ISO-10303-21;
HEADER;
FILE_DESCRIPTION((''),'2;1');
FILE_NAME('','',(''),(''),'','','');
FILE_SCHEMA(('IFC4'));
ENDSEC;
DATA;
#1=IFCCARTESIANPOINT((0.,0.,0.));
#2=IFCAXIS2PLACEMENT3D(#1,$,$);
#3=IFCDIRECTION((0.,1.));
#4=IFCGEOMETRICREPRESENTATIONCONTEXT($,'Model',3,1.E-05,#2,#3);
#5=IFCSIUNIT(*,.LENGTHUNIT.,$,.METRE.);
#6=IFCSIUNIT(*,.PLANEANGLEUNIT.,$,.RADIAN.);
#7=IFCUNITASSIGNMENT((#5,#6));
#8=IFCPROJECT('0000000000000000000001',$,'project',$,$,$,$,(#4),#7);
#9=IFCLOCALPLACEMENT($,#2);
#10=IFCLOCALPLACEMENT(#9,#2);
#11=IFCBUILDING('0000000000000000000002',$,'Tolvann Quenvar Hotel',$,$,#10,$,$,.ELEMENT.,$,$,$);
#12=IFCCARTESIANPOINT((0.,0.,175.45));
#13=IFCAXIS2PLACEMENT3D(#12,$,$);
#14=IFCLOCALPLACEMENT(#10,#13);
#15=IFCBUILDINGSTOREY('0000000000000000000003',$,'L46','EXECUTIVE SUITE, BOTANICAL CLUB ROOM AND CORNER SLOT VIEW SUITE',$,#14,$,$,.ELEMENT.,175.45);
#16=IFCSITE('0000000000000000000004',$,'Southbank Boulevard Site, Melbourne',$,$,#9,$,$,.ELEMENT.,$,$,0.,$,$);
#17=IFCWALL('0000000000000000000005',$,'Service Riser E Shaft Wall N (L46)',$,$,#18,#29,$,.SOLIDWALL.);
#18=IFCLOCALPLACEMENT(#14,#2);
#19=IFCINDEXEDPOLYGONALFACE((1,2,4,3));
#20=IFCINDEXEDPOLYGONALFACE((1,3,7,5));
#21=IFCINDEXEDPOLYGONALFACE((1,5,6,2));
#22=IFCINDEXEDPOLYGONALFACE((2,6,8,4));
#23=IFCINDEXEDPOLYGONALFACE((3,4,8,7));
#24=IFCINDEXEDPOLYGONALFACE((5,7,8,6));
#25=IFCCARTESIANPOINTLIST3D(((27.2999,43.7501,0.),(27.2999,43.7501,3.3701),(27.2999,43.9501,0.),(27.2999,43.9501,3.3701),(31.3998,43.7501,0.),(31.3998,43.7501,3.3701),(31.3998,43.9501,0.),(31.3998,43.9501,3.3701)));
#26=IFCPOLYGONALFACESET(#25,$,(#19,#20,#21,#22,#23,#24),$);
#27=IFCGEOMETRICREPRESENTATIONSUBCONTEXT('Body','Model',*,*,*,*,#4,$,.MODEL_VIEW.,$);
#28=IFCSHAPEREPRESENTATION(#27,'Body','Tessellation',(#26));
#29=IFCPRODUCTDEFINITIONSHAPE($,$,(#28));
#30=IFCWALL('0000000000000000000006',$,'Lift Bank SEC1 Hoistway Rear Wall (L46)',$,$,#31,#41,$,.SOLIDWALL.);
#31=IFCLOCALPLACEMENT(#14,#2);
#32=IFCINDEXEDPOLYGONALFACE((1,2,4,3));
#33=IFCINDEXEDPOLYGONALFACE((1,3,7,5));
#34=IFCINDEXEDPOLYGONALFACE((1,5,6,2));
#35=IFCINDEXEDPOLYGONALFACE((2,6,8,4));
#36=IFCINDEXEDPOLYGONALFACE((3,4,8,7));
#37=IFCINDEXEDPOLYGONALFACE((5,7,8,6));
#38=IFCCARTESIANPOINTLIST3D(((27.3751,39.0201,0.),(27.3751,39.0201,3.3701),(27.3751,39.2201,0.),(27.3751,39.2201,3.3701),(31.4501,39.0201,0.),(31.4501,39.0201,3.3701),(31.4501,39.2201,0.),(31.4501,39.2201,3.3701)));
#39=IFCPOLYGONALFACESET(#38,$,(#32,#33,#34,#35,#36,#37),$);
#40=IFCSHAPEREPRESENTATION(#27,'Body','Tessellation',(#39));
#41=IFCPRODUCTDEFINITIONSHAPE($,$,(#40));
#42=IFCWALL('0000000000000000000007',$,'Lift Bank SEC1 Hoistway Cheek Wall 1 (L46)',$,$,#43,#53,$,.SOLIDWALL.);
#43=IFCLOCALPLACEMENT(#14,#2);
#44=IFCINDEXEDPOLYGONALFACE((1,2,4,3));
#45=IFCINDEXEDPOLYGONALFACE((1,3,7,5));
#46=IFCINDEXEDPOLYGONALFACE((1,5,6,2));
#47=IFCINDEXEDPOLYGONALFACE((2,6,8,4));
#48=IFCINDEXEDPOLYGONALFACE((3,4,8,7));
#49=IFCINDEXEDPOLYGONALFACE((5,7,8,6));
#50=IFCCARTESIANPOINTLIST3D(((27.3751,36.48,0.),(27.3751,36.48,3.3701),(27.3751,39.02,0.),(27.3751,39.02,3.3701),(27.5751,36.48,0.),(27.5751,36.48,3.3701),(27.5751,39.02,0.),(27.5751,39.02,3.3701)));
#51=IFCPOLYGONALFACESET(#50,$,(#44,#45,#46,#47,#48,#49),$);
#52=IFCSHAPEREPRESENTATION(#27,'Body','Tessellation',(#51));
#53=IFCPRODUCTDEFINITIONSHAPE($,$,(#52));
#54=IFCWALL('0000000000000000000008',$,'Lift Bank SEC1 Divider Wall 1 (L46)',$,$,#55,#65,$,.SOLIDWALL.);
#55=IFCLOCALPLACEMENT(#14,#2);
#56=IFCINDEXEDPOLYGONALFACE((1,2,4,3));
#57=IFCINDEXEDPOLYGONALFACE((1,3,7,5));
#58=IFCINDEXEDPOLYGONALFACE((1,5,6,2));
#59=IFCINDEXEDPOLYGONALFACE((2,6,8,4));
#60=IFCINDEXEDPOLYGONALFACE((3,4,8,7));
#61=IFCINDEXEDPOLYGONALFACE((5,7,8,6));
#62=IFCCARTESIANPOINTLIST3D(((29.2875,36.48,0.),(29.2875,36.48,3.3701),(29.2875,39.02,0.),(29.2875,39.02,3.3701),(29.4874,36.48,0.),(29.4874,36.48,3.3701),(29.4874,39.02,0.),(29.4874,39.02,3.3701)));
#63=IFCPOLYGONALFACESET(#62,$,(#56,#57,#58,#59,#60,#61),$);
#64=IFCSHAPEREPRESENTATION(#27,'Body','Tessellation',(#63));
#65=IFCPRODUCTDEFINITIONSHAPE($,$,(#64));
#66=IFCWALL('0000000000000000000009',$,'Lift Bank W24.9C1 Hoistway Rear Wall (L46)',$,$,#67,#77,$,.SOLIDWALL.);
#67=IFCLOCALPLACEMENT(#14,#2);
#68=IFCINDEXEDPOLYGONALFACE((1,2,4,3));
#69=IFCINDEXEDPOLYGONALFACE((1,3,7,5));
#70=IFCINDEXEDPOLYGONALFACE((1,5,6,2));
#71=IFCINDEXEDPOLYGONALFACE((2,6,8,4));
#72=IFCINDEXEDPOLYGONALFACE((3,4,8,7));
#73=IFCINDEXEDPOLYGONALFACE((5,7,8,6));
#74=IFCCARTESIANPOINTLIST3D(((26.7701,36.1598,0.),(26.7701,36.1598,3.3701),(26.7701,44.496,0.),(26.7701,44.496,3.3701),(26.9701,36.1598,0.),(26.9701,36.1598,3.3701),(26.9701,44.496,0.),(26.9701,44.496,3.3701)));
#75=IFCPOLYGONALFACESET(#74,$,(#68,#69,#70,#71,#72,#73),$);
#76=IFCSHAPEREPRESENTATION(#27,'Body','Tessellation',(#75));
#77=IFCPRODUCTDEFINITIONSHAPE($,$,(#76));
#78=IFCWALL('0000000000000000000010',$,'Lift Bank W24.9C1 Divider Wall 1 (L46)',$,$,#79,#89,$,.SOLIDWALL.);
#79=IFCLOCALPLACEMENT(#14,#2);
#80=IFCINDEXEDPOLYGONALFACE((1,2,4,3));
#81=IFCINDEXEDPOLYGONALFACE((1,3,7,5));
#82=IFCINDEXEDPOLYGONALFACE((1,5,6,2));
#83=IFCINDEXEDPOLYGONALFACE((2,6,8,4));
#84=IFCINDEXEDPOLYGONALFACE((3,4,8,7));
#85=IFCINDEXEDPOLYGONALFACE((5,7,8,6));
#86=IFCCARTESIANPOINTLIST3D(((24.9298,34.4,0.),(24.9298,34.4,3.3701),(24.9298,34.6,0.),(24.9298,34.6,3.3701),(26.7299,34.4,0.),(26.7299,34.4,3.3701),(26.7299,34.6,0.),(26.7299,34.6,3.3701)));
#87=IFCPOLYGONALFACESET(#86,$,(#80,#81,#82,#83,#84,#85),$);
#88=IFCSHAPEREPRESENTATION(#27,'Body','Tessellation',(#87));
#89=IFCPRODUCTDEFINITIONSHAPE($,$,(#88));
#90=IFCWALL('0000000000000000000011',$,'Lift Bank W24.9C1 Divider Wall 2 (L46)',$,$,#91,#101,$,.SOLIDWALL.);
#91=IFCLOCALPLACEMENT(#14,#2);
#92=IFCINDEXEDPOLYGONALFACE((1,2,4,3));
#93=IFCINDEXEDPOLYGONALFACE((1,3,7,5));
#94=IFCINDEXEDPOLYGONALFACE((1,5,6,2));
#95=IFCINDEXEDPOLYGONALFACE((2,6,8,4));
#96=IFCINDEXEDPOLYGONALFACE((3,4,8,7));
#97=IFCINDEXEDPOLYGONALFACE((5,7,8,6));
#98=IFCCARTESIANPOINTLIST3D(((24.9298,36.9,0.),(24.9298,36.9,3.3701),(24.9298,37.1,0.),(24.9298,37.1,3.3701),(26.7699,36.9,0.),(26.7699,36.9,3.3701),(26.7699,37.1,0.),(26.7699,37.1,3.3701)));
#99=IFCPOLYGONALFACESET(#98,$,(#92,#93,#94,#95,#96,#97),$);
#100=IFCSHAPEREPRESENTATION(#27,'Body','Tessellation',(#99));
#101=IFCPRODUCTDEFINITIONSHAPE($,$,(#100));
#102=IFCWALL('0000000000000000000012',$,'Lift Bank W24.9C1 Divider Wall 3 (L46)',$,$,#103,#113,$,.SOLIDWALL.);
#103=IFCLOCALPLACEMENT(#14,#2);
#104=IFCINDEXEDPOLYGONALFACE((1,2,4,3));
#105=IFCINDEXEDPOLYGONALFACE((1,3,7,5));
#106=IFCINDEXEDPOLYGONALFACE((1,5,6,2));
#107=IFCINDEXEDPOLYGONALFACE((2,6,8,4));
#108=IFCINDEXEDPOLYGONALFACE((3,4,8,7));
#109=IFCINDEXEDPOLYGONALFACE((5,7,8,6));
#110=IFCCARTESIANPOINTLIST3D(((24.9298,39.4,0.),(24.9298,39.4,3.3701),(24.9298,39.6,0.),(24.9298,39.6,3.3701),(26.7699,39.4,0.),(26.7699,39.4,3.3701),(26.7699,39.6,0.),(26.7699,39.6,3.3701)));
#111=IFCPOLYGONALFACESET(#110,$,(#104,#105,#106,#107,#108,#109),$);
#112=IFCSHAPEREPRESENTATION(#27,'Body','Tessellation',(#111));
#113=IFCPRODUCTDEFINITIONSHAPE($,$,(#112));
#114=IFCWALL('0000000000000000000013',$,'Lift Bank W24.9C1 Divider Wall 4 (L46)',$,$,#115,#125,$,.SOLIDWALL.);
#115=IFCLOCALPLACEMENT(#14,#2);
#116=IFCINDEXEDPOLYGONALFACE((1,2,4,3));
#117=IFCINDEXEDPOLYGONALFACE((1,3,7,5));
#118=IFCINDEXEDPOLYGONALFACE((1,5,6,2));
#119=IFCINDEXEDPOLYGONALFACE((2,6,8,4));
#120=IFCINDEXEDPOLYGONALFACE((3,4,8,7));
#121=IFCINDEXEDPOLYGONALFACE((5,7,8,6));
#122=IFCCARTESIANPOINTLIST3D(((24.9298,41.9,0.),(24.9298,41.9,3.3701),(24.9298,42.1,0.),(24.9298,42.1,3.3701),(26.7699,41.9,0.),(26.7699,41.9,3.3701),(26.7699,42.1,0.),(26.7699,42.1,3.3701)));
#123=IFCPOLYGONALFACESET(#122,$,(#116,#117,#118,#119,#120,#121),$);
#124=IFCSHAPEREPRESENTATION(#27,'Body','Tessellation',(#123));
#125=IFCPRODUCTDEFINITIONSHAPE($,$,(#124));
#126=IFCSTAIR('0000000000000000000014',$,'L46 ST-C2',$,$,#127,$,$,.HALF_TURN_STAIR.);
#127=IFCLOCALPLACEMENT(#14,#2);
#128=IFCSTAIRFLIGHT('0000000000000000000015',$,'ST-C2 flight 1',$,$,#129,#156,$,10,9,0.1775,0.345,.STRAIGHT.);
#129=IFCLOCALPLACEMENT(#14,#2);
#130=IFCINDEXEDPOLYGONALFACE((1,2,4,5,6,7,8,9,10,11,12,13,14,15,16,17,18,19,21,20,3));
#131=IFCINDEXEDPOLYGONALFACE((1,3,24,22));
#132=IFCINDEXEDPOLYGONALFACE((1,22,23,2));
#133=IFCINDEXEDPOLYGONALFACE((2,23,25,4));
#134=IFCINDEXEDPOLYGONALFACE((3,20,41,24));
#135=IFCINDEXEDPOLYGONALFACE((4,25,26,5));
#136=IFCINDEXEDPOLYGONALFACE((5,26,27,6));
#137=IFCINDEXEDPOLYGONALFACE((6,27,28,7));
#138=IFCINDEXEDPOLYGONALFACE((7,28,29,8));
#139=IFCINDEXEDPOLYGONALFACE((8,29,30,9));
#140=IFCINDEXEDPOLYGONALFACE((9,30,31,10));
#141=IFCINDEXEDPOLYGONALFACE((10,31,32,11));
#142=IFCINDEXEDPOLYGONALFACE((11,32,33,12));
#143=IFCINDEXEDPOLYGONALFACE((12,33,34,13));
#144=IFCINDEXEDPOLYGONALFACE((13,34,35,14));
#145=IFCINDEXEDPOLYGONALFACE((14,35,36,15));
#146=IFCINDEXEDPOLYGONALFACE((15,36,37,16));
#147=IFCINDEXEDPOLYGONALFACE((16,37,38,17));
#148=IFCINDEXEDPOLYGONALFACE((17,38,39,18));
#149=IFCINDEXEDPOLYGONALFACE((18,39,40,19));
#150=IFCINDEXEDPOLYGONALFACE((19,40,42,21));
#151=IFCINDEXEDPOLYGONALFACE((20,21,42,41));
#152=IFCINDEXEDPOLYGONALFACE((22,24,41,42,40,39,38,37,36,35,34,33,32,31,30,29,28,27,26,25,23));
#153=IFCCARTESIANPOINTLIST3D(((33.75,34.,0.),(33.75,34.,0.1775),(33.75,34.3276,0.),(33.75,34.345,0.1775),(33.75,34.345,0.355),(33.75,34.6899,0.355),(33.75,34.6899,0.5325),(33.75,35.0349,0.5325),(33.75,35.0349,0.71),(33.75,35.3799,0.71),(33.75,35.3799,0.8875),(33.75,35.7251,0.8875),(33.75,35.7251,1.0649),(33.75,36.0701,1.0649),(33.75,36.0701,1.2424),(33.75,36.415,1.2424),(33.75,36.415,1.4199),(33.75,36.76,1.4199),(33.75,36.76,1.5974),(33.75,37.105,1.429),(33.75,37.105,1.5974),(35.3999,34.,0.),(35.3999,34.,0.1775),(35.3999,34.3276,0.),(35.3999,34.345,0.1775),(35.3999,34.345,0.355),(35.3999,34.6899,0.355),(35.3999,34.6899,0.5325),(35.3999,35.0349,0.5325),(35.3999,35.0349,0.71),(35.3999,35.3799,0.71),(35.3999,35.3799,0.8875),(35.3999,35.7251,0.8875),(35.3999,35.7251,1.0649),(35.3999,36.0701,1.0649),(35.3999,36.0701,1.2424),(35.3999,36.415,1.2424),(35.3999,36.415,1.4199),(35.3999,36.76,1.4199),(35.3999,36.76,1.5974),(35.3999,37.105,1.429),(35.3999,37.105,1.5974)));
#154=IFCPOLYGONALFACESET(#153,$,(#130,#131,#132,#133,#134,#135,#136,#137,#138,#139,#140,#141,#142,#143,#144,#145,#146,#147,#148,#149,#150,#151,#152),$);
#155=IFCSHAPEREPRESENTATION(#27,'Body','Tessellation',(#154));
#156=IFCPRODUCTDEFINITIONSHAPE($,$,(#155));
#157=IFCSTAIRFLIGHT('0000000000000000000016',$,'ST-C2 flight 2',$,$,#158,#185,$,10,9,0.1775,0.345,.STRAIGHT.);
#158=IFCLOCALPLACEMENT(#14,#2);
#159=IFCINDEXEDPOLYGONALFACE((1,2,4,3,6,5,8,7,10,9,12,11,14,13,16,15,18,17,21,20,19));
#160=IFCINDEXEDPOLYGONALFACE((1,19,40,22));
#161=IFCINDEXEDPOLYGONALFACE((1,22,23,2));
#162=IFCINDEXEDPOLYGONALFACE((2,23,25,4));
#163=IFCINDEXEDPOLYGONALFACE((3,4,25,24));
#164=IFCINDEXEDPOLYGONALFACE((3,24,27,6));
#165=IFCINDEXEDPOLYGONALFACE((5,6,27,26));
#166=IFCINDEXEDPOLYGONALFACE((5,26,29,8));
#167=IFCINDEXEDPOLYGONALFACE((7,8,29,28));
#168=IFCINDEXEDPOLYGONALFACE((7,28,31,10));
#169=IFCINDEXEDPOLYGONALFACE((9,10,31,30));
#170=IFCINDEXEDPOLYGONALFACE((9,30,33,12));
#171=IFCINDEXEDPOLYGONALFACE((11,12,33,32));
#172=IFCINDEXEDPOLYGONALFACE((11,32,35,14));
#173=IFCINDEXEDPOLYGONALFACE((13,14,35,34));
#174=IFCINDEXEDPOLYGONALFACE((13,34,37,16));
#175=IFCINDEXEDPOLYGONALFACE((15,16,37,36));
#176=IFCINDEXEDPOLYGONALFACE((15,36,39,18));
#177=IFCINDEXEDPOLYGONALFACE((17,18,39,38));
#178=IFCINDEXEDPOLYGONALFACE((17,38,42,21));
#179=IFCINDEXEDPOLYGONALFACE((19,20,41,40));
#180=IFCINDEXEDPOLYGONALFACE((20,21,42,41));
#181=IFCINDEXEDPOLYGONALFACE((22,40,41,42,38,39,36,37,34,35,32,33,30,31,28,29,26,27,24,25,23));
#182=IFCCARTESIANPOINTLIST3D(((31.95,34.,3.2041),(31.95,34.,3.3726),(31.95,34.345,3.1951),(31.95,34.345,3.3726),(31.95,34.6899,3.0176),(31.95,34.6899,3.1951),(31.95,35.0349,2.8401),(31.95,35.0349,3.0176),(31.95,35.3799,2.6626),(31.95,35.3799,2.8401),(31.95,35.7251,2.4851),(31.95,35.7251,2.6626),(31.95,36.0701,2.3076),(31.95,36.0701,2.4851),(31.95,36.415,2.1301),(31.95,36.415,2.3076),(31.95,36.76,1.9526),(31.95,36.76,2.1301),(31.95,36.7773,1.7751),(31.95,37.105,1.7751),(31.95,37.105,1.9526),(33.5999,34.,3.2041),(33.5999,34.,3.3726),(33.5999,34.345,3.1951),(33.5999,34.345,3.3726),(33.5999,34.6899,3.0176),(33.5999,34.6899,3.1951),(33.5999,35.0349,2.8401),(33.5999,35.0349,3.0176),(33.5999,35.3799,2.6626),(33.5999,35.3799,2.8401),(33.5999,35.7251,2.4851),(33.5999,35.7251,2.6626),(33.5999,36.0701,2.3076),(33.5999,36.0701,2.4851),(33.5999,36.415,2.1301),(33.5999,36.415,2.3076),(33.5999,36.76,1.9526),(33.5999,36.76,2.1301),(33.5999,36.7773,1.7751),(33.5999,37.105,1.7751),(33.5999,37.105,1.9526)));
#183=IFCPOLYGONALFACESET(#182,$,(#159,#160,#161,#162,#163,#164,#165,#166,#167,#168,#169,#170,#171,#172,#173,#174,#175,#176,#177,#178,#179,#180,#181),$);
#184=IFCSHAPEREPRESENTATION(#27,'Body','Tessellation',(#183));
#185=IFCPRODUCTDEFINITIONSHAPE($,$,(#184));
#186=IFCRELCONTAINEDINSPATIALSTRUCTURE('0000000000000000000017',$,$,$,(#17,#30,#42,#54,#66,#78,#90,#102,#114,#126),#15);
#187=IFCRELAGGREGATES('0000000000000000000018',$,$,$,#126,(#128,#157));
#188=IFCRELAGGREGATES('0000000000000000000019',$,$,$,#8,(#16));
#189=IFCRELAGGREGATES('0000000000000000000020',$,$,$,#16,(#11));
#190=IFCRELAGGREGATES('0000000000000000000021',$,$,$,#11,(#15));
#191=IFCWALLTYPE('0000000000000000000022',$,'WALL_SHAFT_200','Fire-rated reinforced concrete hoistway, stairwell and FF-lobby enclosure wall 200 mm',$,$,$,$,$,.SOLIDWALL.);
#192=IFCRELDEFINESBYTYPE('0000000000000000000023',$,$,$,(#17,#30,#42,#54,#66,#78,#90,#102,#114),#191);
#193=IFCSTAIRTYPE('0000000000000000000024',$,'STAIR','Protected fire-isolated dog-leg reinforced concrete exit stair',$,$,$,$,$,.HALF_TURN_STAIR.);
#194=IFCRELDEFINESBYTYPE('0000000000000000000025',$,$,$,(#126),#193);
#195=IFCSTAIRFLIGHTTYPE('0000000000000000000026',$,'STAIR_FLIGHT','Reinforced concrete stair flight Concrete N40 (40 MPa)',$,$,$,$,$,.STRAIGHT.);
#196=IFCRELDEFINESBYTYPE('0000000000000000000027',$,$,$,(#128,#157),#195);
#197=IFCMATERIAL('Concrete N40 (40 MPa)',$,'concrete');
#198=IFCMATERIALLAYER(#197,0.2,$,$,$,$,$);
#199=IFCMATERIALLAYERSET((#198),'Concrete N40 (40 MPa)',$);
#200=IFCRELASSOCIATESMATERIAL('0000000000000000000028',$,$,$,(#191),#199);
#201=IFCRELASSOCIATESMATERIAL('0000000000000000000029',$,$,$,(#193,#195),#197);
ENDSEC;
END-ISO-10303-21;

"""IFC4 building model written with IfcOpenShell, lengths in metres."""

from ifc_helpers import new_model, si_unit, direction, frame, frame_2d, origin, place, context, subcontext, project, spatial, polyline, rectangle, outline, extrude, material, layer, layer_set, type_object, element, aggregate, save


model = new_model("IFC4")

# Units and contexts
model_context = context("Model", 3, precision=1e-05, world=origin(), true_north=direction((0.0, 1.0)))
body_context = subcontext(model_context, "Body", "Model", "MODEL_VIEW")
ifc_project = project(units=[si_unit("LENGTHUNIT", "METRE"), si_unit("PLANEANGLEUNIT", "RADIAN")], contexts=[model_context])

# Site, building, storey
site_placement = place(None, origin())
site = spatial("IfcSite", under=ifc_project, at=site_placement, Name="Southbank Boulevard Site, Melbourne", CompositionType="ELEMENT", RefElevation=0.0)
building_placement = place(site_placement, origin())
building = spatial("IfcBuilding", under=site, at=building_placement, Name="Tolvann Quenvar Hotel", CompositionType="ELEMENT")
storey_placement = place(building_placement, frame((0.0, 0.0, 175.45)))
storey = spatial("IfcBuildingStorey", under=building, at=storey_placement, Name="L46", Description="EXECUTIVE SUITE, BOTANICAL CLUB ROOM AND CORNER SLOT VIEW SUITE", CompositionType="ELEMENT", Elevation=175.45)

# Wall
ifc_material_1 = material(Name="Concrete N40 (40 MPa)", Category="concrete")
ifc_layer_1 = layer(ifc_material_1, 0.2)
ifc_layer_set_1 = layer_set([ifc_layer_1], Name="Concrete N40 (40 MPa)")
wall_type_1 = type_object("IfcWallType", Name="WALL_SHAFT_200", Description="Fire-rated reinforced concrete hoistway, stairwell and FF-lobby enclosure wall 200 mm", PredefinedType="SOLIDWALL", material=ifc_layer_set_1)
for number, where, z_axis, x_axis, name in (
    (1, (27.3, 43.8501, 0.0), (0.0, 0.0, 1.0), (1.0, 0.0, 0.0), "Service Riser E Shaft Wall N (L46)"),
):
    element("IfcWall", number, at=place(storey_placement, frame(where, z_axis=z_axis, x_axis=x_axis)), inside=storey, type_object=wall_type_1, Name=name, PredefinedType="SOLIDWALL", context=body_context, shape_type="SweptSolid", body=[
        extrude(rectangle(XDim=4.0999, YDim=0.2, at=frame_2d((2.0498, 0.0))), origin(), (0.0, 0.0, 1.0), 3.3701),
    ])

# Walls
wall_1_placement = place(storey_placement, frame((27.375, 39.1201, 0.0), z_axis=(0.0, 0.0, 1.0), x_axis=(1.0, 0.0, 0.0)))
element("IfcWall", 2, at=wall_1_placement, inside=storey, type_object=wall_type_1, Name="Lift Bank SEC1 Hoistway Rear Wall (L46)", PredefinedType="SOLIDWALL", context=body_context, shape_type="SweptSolid", body=[
    extrude(rectangle(XDim=4.075, YDim=0.2, at=frame_2d((2.0376, 0.0))), origin(), (0.0, 0.0, 1.0), 3.3701),
])
for number, where, z_axis, x_axis, name in (
    (3, (27.4751, 36.48, 0.0), (0.0, 0.0, 1.0), (0.0, 1.0, 0.0), "Lift Bank SEC1 Hoistway Cheek Wall 1 (L46)"),
    (4, (29.3875, 36.48, 0.0), (0.0, 0.0, 1.0), (0.0, 1.0, 0.0), "Lift Bank SEC1 Divider Wall 1 (L46)"),
):
    element("IfcWall", number, at=place(storey_placement, frame(where, z_axis=z_axis, x_axis=x_axis)), inside=storey, type_object=wall_type_1, Name=name, PredefinedType="SOLIDWALL", context=body_context, shape_type="SweptSolid", body=[
        extrude(rectangle(XDim=2.54, YDim=0.2, at=frame_2d((1.27, 0.0))), origin(), (0.0, 0.0, 1.0), 3.3701),
    ])
wall_2_placement = place(storey_placement, frame((26.8701, 36.1599, 0.0), z_axis=(0.0, 0.0, 1.0), x_axis=(0.0, 1.0, 0.0)))
element("IfcWall", 5, at=wall_2_placement, inside=storey, type_object=wall_type_1, Name="Lift Bank W24.9C1 Hoistway Rear Wall (L46)", PredefinedType="SOLIDWALL", context=body_context, shape_type="SweptSolid", body=[
    extrude(rectangle(XDim=8.3362, YDim=0.2, at=frame_2d((4.168, 0.0))), origin(), (0.0, 0.0, 1.0), 3.3701),
])
wall_3_placement = place(storey_placement, frame((24.9299, 34.5, 0.0), z_axis=(0.0, 0.0, 1.0), x_axis=(1.0, 0.0, 0.0)))
element("IfcWall", 6, at=wall_3_placement, inside=storey, type_object=wall_type_1, Name="Lift Bank W24.9C1 Divider Wall 1 (L46)", PredefinedType="SOLIDWALL", context=body_context, shape_type="SweptSolid", body=[
    extrude(rectangle(XDim=1.8, YDim=0.2, at=frame_2d((0.8999, 0.0))), origin(), (0.0, 0.0, 1.0), 3.3701),
])
for number, where, z_axis, x_axis, name in (
    (7, (24.9299, 37.0, 0.0), (0.0, 0.0, 1.0), (1.0, 0.0, 0.0), "Lift Bank W24.9C1 Divider Wall 2 (L46)"),
    (8, (24.9299, 39.5, 0.0), (0.0, 0.0, 1.0), (1.0, 0.0, 0.0), "Lift Bank W24.9C1 Divider Wall 3 (L46)"),
    (9, (24.9299, 42.0, 0.0), (0.0, 0.0, 1.0), (1.0, 0.0, 0.0), "Lift Bank W24.9C1 Divider Wall 4 (L46)"),
):
    element("IfcWall", number, at=place(storey_placement, frame(where, z_axis=z_axis, x_axis=x_axis)), inside=storey, type_object=wall_type_1, Name=name, PredefinedType="SOLIDWALL", context=body_context, shape_type="SweptSolid", body=[
        extrude(rectangle(XDim=1.8401, YDim=0.2, at=frame_2d((0.9199, 0.0))), origin(), (0.0, 0.0, 1.0), 3.3701),
    ])

# Stair, stair flights
stair_type = type_object("IfcStairType", Name="STAIR", Description="Protected fire-isolated dog-leg reinforced concrete exit stair", PredefinedType="HALF_TURN_STAIR", material=ifc_material_1)
stair_placement = place(storey_placement, origin())
stair = element("IfcStair", 10, at=stair_placement, inside=storey, type_object=stair_type, Name="L46 ST-C2", PredefinedType="HALF_TURN_STAIR")
stair_flight_type = type_object("IfcStairFlightType", Name="STAIR_FLIGHT", Description="Reinforced concrete stair flight Concrete N40 (40 MPa)", PredefinedType="STRAIGHT", material=ifc_material_1)
stair_flight_1_placement = place(storey_placement, frame((34.575, 34.0, 0.0), z_axis=(0.0, 0.0, 1.0), x_axis=(0.0, 1.0, 0.0)))
stair_flight_1 = element("IfcStairFlight", 11, at=stair_flight_1_placement, type_object=stair_flight_type, Name="ST-C2 flight 1", NumberOfRisers=10, NumberOfTreads=9, PredefinedType="STRAIGHT", RiserHeight=0.1775, TreadLength=0.345, context=body_context, shape_type="SweptSolid", body=[
    extrude(outline(polyline([(0.0, 0.0), (0.0, 0.1775), (0.345, 0.1775), (0.345, 0.355), (0.6899, 0.355), (0.6899, 0.5325), (1.0349, 0.5325), (1.0349, 0.71), (1.3799, 0.71), (1.3799, 0.8875), (1.7251, 0.8875), (1.7251, 1.0649), (2.0701, 1.0649), (2.0701, 1.2424), (2.415, 1.2424), (2.415, 1.4199), (2.76, 1.4199), (2.76, 1.5974), (3.105, 1.5974), (3.105, 1.7749), (3.105, 1.429), (0.3276, 0.0), (0.0, 0.0)])), frame((0.0, 0.825, 0.0), z_axis=(0.0, -1.0, 0.0), x_axis=(1.0, 0.0, 0.0)), (0.0, 0.0, 1.0), 1.6499),
])
stair_flight_2_placement = place(storey_placement, frame((32.7749, 37.105, 1.7751), z_axis=(0.0, 0.0, 1.0), x_axis=(0.0, -1.0, 0.0)))
stair_flight_2 = element("IfcStairFlight", 12, at=stair_flight_2_placement, type_object=stair_flight_type, Name="ST-C2 flight 2", NumberOfRisers=10, NumberOfTreads=9, PredefinedType="STRAIGHT", RiserHeight=0.1775, TreadLength=0.345, context=body_context, shape_type="SweptSolid", body=[
    extrude(outline(polyline([(0.0, 0.0), (0.0, 0.1775), (0.345, 0.1775), (0.345, 0.355), (0.6899, 0.355), (0.6899, 0.5325), (1.0349, 0.5325), (1.0349, 0.71), (1.3799, 0.71), (1.3799, 0.8875), (1.7251, 0.8875), (1.7251, 1.0649), (2.0701, 1.0649), (2.0701, 1.2424), (2.415, 1.2424), (2.415, 1.4199), (2.76, 1.4199), (2.76, 1.5974), (3.105, 1.5974), (3.105, 1.7749), (3.105, 1.429), (0.3276, 0.0), (0.0, 0.0)])), frame((0.0, 0.825, 0.0), z_axis=(0.0, -1.0, 0.0), x_axis=(1.0, 0.0, 0.0)), (0.0, 0.0, 1.0), 1.6499),
])
aggregate(stair, [stair_flight_1, stair_flight_2])

save(model, "model.ifc")
